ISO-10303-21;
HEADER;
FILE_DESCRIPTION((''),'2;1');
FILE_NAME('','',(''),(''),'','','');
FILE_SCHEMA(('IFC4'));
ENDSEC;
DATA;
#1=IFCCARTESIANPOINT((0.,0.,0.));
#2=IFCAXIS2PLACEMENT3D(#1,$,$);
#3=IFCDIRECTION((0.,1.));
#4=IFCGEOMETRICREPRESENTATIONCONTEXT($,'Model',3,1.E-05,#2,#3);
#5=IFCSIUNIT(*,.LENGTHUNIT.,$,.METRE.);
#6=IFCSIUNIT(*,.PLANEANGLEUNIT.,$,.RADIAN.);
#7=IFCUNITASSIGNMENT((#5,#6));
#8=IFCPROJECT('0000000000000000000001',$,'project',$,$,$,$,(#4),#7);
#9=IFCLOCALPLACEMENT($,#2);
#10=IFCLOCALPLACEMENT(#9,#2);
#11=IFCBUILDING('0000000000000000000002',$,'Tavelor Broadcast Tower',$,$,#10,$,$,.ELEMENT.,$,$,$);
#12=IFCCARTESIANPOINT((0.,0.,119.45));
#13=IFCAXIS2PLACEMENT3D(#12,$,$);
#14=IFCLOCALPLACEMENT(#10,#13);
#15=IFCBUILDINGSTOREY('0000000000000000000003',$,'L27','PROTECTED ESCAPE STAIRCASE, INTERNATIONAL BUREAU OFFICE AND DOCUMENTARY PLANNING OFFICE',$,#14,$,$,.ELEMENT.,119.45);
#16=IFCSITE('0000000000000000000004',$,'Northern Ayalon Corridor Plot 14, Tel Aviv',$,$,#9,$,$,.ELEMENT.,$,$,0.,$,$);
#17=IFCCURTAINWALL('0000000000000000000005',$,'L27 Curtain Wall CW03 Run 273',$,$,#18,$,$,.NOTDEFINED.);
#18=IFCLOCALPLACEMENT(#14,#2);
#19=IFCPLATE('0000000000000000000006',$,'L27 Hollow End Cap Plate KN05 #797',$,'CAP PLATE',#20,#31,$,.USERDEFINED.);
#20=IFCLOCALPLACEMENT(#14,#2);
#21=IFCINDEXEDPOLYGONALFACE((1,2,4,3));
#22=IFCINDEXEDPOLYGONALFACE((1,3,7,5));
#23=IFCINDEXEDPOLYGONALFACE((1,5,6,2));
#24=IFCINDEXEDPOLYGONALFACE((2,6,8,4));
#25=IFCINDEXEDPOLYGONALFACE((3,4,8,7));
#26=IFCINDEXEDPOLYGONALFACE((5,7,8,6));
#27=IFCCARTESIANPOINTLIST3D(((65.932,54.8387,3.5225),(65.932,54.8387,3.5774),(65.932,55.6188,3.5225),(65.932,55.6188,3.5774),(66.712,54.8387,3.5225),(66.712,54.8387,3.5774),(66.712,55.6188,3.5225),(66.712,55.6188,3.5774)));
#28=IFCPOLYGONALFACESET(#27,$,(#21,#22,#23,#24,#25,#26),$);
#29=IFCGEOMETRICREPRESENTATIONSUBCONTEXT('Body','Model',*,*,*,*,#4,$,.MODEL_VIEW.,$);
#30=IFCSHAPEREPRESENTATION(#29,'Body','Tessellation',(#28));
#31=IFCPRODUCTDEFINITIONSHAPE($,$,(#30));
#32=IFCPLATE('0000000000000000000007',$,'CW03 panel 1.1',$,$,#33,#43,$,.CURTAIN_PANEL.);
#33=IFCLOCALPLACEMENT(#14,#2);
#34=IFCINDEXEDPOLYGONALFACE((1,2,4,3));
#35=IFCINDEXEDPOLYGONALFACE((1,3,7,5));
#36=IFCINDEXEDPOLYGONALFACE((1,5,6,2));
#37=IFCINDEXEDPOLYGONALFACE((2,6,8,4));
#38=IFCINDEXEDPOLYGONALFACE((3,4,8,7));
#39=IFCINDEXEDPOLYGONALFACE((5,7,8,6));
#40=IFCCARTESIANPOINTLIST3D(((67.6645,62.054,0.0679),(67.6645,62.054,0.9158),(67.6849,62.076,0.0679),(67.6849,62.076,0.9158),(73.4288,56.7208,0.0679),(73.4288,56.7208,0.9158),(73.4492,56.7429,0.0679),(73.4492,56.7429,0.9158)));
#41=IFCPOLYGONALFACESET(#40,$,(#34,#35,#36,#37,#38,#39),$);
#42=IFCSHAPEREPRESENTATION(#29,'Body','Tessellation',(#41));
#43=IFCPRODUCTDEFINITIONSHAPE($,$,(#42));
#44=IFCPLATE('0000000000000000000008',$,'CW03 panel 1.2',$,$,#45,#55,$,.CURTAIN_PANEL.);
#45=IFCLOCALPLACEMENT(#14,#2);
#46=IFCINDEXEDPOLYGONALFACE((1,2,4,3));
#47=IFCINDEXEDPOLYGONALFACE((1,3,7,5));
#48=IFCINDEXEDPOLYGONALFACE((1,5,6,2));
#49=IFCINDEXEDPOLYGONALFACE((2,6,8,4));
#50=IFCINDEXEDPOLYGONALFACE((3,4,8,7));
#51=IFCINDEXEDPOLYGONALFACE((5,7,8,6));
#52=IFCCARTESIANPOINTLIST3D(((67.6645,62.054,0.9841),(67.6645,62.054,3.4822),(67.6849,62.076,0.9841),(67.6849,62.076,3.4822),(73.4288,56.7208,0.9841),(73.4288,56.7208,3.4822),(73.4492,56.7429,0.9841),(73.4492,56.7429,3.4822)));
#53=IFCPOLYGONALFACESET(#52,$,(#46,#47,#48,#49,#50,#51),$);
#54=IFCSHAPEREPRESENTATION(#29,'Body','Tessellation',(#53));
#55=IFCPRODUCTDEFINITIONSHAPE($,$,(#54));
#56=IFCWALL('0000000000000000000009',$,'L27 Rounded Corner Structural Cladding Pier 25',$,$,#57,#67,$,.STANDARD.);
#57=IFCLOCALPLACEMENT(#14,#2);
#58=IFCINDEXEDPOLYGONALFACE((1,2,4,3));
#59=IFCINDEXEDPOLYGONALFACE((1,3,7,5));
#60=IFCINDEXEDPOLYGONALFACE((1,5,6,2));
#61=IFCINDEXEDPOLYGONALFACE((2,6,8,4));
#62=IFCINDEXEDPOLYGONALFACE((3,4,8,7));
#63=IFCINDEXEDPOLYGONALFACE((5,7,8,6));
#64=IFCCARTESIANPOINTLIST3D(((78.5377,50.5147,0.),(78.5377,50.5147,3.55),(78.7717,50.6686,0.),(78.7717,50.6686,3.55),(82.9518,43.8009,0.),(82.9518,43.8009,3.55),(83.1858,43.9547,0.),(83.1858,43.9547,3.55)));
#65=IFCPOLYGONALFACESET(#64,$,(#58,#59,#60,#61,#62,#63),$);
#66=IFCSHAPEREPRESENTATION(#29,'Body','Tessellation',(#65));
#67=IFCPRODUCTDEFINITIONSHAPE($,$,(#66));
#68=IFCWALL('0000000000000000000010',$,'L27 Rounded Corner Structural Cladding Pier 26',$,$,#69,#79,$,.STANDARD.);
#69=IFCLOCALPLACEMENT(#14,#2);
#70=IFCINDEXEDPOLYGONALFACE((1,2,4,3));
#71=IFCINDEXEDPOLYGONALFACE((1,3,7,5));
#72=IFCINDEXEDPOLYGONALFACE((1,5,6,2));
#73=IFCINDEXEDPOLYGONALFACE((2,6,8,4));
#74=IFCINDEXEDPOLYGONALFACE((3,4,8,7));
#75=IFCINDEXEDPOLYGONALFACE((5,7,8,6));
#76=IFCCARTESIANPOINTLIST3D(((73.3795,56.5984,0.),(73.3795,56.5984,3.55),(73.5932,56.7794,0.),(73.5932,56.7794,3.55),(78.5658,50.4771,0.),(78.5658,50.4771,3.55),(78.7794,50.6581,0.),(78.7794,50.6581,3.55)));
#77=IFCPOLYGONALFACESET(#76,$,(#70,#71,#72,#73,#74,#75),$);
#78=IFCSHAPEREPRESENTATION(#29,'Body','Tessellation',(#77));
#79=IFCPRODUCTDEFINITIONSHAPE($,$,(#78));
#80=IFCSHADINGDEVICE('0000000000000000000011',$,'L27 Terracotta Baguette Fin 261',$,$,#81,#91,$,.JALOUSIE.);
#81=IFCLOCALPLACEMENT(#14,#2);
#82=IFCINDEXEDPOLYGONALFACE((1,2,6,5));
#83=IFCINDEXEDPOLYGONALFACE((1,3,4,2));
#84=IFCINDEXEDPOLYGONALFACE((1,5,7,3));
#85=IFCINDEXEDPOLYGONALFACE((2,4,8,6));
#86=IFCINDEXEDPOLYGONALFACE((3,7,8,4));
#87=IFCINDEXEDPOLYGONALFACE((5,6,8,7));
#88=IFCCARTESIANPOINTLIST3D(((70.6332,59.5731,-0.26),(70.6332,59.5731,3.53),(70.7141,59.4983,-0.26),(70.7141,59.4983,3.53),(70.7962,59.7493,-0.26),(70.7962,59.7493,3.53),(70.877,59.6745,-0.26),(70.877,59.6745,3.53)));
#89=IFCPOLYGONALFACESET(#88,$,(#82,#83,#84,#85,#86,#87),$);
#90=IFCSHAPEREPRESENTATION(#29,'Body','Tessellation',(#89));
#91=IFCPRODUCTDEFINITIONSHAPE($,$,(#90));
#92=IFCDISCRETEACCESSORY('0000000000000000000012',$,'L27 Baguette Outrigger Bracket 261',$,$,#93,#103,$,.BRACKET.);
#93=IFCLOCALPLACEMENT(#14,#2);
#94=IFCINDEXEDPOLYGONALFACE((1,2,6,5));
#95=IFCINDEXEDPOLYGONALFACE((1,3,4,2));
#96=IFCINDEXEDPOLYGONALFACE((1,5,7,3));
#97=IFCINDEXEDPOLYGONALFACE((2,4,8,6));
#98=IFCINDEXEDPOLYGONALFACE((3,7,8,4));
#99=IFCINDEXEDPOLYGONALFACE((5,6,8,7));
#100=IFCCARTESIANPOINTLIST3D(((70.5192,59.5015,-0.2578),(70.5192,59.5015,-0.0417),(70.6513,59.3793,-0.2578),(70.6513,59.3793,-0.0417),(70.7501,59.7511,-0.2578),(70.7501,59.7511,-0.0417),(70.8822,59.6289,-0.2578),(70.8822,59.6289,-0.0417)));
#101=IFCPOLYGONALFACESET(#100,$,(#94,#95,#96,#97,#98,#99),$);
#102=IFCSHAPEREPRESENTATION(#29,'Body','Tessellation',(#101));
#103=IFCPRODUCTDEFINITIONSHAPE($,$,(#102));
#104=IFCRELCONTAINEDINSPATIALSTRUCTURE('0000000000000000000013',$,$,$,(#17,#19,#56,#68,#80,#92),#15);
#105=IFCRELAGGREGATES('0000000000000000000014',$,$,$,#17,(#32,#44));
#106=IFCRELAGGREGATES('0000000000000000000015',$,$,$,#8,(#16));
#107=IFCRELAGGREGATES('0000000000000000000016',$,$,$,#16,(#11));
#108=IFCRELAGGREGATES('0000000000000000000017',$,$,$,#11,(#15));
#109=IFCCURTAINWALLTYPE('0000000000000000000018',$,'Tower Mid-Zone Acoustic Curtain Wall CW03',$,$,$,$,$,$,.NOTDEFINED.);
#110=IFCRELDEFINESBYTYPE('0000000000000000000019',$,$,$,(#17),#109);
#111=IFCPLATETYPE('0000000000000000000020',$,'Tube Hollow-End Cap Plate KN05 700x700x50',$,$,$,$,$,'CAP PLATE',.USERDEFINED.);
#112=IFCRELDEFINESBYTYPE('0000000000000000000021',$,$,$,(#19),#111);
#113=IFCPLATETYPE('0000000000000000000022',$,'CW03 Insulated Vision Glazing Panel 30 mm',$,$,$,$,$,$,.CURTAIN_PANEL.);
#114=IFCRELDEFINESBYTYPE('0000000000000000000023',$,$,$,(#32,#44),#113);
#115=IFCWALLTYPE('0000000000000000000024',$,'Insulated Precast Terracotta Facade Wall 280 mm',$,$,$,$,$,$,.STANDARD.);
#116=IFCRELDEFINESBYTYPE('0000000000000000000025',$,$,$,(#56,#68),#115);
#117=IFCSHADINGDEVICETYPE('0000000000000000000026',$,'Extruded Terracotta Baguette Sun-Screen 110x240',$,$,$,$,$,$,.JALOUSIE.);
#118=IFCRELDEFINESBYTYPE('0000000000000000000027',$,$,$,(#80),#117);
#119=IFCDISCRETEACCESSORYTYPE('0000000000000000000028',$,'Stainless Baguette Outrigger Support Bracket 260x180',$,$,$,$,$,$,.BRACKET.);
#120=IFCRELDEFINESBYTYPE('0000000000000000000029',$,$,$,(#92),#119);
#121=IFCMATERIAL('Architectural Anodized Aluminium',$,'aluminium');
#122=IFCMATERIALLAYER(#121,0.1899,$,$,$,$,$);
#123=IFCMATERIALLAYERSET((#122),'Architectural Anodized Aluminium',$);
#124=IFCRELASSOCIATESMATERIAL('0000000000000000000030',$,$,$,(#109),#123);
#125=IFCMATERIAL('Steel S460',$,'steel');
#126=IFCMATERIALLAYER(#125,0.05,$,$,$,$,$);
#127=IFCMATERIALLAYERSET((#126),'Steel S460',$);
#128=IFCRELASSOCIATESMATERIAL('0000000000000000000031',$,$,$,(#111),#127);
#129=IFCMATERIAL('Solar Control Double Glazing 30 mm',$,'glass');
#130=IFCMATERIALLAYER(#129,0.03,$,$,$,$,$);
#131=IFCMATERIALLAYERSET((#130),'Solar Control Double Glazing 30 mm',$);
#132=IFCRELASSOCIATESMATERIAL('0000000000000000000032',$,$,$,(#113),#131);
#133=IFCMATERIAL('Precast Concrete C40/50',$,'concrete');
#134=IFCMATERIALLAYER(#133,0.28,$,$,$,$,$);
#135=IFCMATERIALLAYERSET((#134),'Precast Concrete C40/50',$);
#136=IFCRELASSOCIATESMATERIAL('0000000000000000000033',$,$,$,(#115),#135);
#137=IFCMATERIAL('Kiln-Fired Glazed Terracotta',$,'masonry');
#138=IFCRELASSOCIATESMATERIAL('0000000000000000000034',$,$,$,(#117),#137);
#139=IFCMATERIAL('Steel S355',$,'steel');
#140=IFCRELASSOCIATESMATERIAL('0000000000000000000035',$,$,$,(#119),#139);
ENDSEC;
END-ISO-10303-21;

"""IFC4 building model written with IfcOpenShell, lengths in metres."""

from ifc_helpers import new_model, si_unit, direction, frame, frame_2d, origin, origin_2d, place, context, subcontext, project, spatial, rectangle, extrude, source, transform, mapped, material, layer, layer_set, type_object, type_shapes, element, aggregate, save


model = new_model("IFC4")

# Units and contexts
model_context = context("Model", 3, precision=1e-05, world=origin(), true_north=direction((0.0, 1.0)))
body_context = subcontext(model_context, "Body", "Model", "MODEL_VIEW")
ifc_project = project(units=[si_unit("LENGTHUNIT", "METRE"), si_unit("PLANEANGLEUNIT", "RADIAN")], contexts=[model_context])

# Site, building, storey
site_placement = place(None, origin())
site = spatial("IfcSite", under=ifc_project, at=site_placement, Name="Northern Ayalon Corridor Plot 14, Tel Aviv", CompositionType="ELEMENT", RefElevation=0.0)
building_placement = place(site_placement, origin())
building = spatial("IfcBuilding", under=site, at=building_placement, Name="Tavelor Broadcast Tower", CompositionType="ELEMENT")
storey_placement = place(building_placement, frame((0.0, 0.0, 119.45)))
storey = spatial("IfcBuildingStorey", under=building, at=storey_placement, Name="L27", Description="PROTECTED ESCAPE STAIRCASE, INTERNATIONAL BUREAU OFFICE AND DOCUMENTARY PLANNING OFFICE", CompositionType="ELEMENT", Elevation=119.45)

# Shared definitions
ifc_material_1 = material(Name="Steel S460", Category="steel")

# Shared definitions
ifc_material_2 = material(Name="Steel S355", Category="steel")

# Curtain wall
ifc_material_3 = material(Name="Architectural Anodized Aluminium", Category="aluminium")
ifc_layer_1 = layer(ifc_material_3, 0.1899)
ifc_layer_set_1 = layer_set([ifc_layer_1], Name="Architectural Anodized Aluminium")
curtain_wall_type = type_object("IfcCurtainWallType", Name="Tower Mid-Zone Acoustic Curtain Wall CW03", PredefinedType="NOTDEFINED", material=ifc_layer_set_1)
curtain_wall_1_placement = place(storey_placement, origin())
curtain_wall_1 = element("IfcCurtainWall", 1, at=curtain_wall_1_placement, inside=storey, type_object=curtain_wall_type, Name="L27 Curtain Wall CW03 Run 273", PredefinedType="NOTDEFINED")

# Plate
ifc_layer_2 = layer(ifc_material_1, 0.05)
ifc_layer_set_2 = layer_set([ifc_layer_2], Name="Steel S460")
plate_type_1 = type_object("IfcPlateType", Name="Tube Hollow-End Cap Plate KN05 700x700x50", ElementType="CAP PLATE", PredefinedType="USERDEFINED", material=ifc_layer_set_2)
shared_shape_1 = source(origin(), body_context, "Body", "SweptSolid", [
    extrude(rectangle(XDim=0.78, YDim=0.78, at=origin_2d()), origin(), (0.0, 0.0, 1.0), 0.0549),
])
for number, where, z_axis, x_axis, name in (
    (2, (66.322, 55.2288, 3.5225), (0.0, 0.0, 1.0), (1.0, 0.0, 0.0), "L27 Hollow End Cap Plate KN05 #797"),
):
    element("IfcPlate", number, at=place(storey_placement, frame(where, z_axis=z_axis, x_axis=x_axis)), inside=storey, type_object=plate_type_1, Name=name, ObjectType="CAP PLATE", PredefinedType="USERDEFINED", context=body_context, shape_type="MappedRepresentation", body=[
        mapped(shared_shape_1, transform((0.0, 0.0, 0.0), scale=1.0)),
    ])

# Plates
ifc_material_4 = material(Name="Solar Control Double Glazing 30 mm", Category="glass")
ifc_layer_3 = layer(ifc_material_4, 0.03)
ifc_layer_set_3 = layer_set([ifc_layer_3], Name="Solar Control Double Glazing 30 mm")
plate_type_2 = type_object("IfcPlateType", Name="CW03 Insulated Vision Glazing Panel 30 mm", PredefinedType="CURTAIN_PANEL", material=ifc_layer_set_3)
shared_shape_2 = source(origin(), body_context, "Body", "SweptSolid", [
    extrude(rectangle(XDim=7.853, YDim=0.03, at=origin_2d()), origin(), (0.0, 0.0, 1.0), 0.8479),
])
plate_1_placement = place(storey_placement, frame((70.5569, 59.3984, 0.0679), z_axis=(0.0, 0.0, 1.0), x_axis=(-0.734024, 0.679123, 0.0)))
plate_1 = element("IfcPlate", 3, at=plate_1_placement, type_object=plate_type_2, Name="CW03 panel 1.1", PredefinedType="CURTAIN_PANEL", context=body_context, shape_type="MappedRepresentation", body=[
    mapped(shared_shape_2, transform((0.0, 0.0, 0.0), scale=1.0)),
])
shared_shape_3 = source(origin(), body_context, "Body", "SweptSolid", [
    extrude(rectangle(XDim=7.853, YDim=0.03, at=origin_2d()), origin(), (0.0, 0.0, 1.0), 2.498),
])
type_shapes(plate_type_2, [shared_shape_2, shared_shape_3])
plate_2_placement = place(storey_placement, frame((70.5569, 59.3984, 0.9841), z_axis=(0.0, 0.0, 1.0), x_axis=(-0.734024, 0.679123, 0.0)))
plate_2 = element("IfcPlate", 4, at=plate_2_placement, type_object=plate_type_2, Name="CW03 panel 1.2", PredefinedType="CURTAIN_PANEL", context=body_context, shape_type="MappedRepresentation", body=[
    mapped(shared_shape_3, transform((0.0, 0.0, 0.0), scale=1.0)),
])
aggregate(curtain_wall_1, [plate_1, plate_2])

# Walls
ifc_material_5 = material(Name="Precast Concrete C40/50", Category="concrete")
ifc_layer_4 = layer(ifc_material_5, 0.28)
ifc_layer_set_4 = layer_set([ifc_layer_4], Name="Precast Concrete C40/50")
wall_type = type_object("IfcWallType", Name="Insulated Precast Terracotta Facade Wall 280 mm", PredefinedType="STANDARD", material=ifc_layer_set_4)
wall_1_placement = place(storey_placement, frame((83.0688, 43.8777, 0.0), z_axis=(0.0, 0.0, 1.0), x_axis=(-0.54936, 0.835586, 0.0)))
element("IfcWall", 5, at=wall_1_placement, inside=storey, type_object=wall_type, Name="L27 Rounded Corner Structural Cladding Pier 25", PredefinedType="STANDARD", context=body_context, shape_type="SweptSolid", body=[
    extrude(rectangle(XDim=8.0349, YDim=0.28, at=frame_2d((4.0176, 0.0))), origin(), (0.0, 0.0, 1.0), 3.55),
])
wall_2_placement = place(storey_placement, frame((78.6726, 50.5676, 0.0), z_axis=(0.0, 0.0, 1.0), x_axis=(-0.646428, 0.762975, 0.0)))
element("IfcWall", 6, at=wall_2_placement, inside=storey, type_object=wall_type, Name="L27 Rounded Corner Structural Cladding Pier 26", PredefinedType="STANDARD", context=body_context, shape_type="SweptSolid", body=[
    extrude(rectangle(XDim=8.0229, YDim=0.28, at=frame_2d((4.0115, 0.0))), origin(), (0.0, 0.0, 1.0), 3.55),
])

# Shading device
ifc_material_6 = material(Name="Kiln-Fired Glazed Terracotta", Category="masonry")
shading_device_type = type_object("IfcShadingDeviceType", Name="Extruded Terracotta Baguette Sun-Screen 110x240", PredefinedType="JALOUSIE", material=ifc_material_6)
shared_shape_4 = source(origin(), body_context, "Body", "SweptSolid", [
    extrude(rectangle(XDim=0.1101, YDim=0.24, at=origin_2d()), origin(), (0.0, 0.0, 1.0), 3.79),
])
type_shapes(shading_device_type, [shared_shape_4])
shading_device_placement = place(storey_placement, frame((70.7551, 59.6238, -0.26), z_axis=(0.0, 0.0, 1.0), x_axis=(-0.734086, 0.679057, 0.0)))
element("IfcShadingDevice", 7, at=shading_device_placement, inside=storey, type_object=shading_device_type, Name="L27 Terracotta Baguette Fin 261", PredefinedType="JALOUSIE", context=body_context, shape_type="MappedRepresentation", body=[
    mapped(shared_shape_4, transform((0.0, 0.0, 0.0), scale=1.0)),
])

# Discrete accessory
discrete_accessory_type = type_object("IfcDiscreteAccessoryType", Name="Stainless Baguette Outrigger Support Bracket 260x180", PredefinedType="BRACKET", material=ifc_material_2)
shared_shape_5 = source(origin(), body_context, "Body", "SweptSolid", [
    extrude(rectangle(XDim=0.1799, YDim=0.3401, at=origin_2d()), origin(), (0.0, 0.0, 1.0), 0.2161),
])
type_shapes(discrete_accessory_type, [shared_shape_5])
discrete_accessory_placement = place(storey_placement, frame((70.7007, 59.5652, -0.2578), z_axis=(0.0, 0.0, 1.0), x_axis=(-0.734086, 0.679057, 0.0)))
element("IfcDiscreteAccessory", 8, at=discrete_accessory_placement, inside=storey, type_object=discrete_accessory_type, Name="L27 Baguette Outrigger Bracket 261", PredefinedType="BRACKET", context=body_context, shape_type="MappedRepresentation", body=[
    mapped(shared_shape_5, transform((0.0, 0.0, 0.0), scale=1.0)),
])

save(model, "model.ifc")
